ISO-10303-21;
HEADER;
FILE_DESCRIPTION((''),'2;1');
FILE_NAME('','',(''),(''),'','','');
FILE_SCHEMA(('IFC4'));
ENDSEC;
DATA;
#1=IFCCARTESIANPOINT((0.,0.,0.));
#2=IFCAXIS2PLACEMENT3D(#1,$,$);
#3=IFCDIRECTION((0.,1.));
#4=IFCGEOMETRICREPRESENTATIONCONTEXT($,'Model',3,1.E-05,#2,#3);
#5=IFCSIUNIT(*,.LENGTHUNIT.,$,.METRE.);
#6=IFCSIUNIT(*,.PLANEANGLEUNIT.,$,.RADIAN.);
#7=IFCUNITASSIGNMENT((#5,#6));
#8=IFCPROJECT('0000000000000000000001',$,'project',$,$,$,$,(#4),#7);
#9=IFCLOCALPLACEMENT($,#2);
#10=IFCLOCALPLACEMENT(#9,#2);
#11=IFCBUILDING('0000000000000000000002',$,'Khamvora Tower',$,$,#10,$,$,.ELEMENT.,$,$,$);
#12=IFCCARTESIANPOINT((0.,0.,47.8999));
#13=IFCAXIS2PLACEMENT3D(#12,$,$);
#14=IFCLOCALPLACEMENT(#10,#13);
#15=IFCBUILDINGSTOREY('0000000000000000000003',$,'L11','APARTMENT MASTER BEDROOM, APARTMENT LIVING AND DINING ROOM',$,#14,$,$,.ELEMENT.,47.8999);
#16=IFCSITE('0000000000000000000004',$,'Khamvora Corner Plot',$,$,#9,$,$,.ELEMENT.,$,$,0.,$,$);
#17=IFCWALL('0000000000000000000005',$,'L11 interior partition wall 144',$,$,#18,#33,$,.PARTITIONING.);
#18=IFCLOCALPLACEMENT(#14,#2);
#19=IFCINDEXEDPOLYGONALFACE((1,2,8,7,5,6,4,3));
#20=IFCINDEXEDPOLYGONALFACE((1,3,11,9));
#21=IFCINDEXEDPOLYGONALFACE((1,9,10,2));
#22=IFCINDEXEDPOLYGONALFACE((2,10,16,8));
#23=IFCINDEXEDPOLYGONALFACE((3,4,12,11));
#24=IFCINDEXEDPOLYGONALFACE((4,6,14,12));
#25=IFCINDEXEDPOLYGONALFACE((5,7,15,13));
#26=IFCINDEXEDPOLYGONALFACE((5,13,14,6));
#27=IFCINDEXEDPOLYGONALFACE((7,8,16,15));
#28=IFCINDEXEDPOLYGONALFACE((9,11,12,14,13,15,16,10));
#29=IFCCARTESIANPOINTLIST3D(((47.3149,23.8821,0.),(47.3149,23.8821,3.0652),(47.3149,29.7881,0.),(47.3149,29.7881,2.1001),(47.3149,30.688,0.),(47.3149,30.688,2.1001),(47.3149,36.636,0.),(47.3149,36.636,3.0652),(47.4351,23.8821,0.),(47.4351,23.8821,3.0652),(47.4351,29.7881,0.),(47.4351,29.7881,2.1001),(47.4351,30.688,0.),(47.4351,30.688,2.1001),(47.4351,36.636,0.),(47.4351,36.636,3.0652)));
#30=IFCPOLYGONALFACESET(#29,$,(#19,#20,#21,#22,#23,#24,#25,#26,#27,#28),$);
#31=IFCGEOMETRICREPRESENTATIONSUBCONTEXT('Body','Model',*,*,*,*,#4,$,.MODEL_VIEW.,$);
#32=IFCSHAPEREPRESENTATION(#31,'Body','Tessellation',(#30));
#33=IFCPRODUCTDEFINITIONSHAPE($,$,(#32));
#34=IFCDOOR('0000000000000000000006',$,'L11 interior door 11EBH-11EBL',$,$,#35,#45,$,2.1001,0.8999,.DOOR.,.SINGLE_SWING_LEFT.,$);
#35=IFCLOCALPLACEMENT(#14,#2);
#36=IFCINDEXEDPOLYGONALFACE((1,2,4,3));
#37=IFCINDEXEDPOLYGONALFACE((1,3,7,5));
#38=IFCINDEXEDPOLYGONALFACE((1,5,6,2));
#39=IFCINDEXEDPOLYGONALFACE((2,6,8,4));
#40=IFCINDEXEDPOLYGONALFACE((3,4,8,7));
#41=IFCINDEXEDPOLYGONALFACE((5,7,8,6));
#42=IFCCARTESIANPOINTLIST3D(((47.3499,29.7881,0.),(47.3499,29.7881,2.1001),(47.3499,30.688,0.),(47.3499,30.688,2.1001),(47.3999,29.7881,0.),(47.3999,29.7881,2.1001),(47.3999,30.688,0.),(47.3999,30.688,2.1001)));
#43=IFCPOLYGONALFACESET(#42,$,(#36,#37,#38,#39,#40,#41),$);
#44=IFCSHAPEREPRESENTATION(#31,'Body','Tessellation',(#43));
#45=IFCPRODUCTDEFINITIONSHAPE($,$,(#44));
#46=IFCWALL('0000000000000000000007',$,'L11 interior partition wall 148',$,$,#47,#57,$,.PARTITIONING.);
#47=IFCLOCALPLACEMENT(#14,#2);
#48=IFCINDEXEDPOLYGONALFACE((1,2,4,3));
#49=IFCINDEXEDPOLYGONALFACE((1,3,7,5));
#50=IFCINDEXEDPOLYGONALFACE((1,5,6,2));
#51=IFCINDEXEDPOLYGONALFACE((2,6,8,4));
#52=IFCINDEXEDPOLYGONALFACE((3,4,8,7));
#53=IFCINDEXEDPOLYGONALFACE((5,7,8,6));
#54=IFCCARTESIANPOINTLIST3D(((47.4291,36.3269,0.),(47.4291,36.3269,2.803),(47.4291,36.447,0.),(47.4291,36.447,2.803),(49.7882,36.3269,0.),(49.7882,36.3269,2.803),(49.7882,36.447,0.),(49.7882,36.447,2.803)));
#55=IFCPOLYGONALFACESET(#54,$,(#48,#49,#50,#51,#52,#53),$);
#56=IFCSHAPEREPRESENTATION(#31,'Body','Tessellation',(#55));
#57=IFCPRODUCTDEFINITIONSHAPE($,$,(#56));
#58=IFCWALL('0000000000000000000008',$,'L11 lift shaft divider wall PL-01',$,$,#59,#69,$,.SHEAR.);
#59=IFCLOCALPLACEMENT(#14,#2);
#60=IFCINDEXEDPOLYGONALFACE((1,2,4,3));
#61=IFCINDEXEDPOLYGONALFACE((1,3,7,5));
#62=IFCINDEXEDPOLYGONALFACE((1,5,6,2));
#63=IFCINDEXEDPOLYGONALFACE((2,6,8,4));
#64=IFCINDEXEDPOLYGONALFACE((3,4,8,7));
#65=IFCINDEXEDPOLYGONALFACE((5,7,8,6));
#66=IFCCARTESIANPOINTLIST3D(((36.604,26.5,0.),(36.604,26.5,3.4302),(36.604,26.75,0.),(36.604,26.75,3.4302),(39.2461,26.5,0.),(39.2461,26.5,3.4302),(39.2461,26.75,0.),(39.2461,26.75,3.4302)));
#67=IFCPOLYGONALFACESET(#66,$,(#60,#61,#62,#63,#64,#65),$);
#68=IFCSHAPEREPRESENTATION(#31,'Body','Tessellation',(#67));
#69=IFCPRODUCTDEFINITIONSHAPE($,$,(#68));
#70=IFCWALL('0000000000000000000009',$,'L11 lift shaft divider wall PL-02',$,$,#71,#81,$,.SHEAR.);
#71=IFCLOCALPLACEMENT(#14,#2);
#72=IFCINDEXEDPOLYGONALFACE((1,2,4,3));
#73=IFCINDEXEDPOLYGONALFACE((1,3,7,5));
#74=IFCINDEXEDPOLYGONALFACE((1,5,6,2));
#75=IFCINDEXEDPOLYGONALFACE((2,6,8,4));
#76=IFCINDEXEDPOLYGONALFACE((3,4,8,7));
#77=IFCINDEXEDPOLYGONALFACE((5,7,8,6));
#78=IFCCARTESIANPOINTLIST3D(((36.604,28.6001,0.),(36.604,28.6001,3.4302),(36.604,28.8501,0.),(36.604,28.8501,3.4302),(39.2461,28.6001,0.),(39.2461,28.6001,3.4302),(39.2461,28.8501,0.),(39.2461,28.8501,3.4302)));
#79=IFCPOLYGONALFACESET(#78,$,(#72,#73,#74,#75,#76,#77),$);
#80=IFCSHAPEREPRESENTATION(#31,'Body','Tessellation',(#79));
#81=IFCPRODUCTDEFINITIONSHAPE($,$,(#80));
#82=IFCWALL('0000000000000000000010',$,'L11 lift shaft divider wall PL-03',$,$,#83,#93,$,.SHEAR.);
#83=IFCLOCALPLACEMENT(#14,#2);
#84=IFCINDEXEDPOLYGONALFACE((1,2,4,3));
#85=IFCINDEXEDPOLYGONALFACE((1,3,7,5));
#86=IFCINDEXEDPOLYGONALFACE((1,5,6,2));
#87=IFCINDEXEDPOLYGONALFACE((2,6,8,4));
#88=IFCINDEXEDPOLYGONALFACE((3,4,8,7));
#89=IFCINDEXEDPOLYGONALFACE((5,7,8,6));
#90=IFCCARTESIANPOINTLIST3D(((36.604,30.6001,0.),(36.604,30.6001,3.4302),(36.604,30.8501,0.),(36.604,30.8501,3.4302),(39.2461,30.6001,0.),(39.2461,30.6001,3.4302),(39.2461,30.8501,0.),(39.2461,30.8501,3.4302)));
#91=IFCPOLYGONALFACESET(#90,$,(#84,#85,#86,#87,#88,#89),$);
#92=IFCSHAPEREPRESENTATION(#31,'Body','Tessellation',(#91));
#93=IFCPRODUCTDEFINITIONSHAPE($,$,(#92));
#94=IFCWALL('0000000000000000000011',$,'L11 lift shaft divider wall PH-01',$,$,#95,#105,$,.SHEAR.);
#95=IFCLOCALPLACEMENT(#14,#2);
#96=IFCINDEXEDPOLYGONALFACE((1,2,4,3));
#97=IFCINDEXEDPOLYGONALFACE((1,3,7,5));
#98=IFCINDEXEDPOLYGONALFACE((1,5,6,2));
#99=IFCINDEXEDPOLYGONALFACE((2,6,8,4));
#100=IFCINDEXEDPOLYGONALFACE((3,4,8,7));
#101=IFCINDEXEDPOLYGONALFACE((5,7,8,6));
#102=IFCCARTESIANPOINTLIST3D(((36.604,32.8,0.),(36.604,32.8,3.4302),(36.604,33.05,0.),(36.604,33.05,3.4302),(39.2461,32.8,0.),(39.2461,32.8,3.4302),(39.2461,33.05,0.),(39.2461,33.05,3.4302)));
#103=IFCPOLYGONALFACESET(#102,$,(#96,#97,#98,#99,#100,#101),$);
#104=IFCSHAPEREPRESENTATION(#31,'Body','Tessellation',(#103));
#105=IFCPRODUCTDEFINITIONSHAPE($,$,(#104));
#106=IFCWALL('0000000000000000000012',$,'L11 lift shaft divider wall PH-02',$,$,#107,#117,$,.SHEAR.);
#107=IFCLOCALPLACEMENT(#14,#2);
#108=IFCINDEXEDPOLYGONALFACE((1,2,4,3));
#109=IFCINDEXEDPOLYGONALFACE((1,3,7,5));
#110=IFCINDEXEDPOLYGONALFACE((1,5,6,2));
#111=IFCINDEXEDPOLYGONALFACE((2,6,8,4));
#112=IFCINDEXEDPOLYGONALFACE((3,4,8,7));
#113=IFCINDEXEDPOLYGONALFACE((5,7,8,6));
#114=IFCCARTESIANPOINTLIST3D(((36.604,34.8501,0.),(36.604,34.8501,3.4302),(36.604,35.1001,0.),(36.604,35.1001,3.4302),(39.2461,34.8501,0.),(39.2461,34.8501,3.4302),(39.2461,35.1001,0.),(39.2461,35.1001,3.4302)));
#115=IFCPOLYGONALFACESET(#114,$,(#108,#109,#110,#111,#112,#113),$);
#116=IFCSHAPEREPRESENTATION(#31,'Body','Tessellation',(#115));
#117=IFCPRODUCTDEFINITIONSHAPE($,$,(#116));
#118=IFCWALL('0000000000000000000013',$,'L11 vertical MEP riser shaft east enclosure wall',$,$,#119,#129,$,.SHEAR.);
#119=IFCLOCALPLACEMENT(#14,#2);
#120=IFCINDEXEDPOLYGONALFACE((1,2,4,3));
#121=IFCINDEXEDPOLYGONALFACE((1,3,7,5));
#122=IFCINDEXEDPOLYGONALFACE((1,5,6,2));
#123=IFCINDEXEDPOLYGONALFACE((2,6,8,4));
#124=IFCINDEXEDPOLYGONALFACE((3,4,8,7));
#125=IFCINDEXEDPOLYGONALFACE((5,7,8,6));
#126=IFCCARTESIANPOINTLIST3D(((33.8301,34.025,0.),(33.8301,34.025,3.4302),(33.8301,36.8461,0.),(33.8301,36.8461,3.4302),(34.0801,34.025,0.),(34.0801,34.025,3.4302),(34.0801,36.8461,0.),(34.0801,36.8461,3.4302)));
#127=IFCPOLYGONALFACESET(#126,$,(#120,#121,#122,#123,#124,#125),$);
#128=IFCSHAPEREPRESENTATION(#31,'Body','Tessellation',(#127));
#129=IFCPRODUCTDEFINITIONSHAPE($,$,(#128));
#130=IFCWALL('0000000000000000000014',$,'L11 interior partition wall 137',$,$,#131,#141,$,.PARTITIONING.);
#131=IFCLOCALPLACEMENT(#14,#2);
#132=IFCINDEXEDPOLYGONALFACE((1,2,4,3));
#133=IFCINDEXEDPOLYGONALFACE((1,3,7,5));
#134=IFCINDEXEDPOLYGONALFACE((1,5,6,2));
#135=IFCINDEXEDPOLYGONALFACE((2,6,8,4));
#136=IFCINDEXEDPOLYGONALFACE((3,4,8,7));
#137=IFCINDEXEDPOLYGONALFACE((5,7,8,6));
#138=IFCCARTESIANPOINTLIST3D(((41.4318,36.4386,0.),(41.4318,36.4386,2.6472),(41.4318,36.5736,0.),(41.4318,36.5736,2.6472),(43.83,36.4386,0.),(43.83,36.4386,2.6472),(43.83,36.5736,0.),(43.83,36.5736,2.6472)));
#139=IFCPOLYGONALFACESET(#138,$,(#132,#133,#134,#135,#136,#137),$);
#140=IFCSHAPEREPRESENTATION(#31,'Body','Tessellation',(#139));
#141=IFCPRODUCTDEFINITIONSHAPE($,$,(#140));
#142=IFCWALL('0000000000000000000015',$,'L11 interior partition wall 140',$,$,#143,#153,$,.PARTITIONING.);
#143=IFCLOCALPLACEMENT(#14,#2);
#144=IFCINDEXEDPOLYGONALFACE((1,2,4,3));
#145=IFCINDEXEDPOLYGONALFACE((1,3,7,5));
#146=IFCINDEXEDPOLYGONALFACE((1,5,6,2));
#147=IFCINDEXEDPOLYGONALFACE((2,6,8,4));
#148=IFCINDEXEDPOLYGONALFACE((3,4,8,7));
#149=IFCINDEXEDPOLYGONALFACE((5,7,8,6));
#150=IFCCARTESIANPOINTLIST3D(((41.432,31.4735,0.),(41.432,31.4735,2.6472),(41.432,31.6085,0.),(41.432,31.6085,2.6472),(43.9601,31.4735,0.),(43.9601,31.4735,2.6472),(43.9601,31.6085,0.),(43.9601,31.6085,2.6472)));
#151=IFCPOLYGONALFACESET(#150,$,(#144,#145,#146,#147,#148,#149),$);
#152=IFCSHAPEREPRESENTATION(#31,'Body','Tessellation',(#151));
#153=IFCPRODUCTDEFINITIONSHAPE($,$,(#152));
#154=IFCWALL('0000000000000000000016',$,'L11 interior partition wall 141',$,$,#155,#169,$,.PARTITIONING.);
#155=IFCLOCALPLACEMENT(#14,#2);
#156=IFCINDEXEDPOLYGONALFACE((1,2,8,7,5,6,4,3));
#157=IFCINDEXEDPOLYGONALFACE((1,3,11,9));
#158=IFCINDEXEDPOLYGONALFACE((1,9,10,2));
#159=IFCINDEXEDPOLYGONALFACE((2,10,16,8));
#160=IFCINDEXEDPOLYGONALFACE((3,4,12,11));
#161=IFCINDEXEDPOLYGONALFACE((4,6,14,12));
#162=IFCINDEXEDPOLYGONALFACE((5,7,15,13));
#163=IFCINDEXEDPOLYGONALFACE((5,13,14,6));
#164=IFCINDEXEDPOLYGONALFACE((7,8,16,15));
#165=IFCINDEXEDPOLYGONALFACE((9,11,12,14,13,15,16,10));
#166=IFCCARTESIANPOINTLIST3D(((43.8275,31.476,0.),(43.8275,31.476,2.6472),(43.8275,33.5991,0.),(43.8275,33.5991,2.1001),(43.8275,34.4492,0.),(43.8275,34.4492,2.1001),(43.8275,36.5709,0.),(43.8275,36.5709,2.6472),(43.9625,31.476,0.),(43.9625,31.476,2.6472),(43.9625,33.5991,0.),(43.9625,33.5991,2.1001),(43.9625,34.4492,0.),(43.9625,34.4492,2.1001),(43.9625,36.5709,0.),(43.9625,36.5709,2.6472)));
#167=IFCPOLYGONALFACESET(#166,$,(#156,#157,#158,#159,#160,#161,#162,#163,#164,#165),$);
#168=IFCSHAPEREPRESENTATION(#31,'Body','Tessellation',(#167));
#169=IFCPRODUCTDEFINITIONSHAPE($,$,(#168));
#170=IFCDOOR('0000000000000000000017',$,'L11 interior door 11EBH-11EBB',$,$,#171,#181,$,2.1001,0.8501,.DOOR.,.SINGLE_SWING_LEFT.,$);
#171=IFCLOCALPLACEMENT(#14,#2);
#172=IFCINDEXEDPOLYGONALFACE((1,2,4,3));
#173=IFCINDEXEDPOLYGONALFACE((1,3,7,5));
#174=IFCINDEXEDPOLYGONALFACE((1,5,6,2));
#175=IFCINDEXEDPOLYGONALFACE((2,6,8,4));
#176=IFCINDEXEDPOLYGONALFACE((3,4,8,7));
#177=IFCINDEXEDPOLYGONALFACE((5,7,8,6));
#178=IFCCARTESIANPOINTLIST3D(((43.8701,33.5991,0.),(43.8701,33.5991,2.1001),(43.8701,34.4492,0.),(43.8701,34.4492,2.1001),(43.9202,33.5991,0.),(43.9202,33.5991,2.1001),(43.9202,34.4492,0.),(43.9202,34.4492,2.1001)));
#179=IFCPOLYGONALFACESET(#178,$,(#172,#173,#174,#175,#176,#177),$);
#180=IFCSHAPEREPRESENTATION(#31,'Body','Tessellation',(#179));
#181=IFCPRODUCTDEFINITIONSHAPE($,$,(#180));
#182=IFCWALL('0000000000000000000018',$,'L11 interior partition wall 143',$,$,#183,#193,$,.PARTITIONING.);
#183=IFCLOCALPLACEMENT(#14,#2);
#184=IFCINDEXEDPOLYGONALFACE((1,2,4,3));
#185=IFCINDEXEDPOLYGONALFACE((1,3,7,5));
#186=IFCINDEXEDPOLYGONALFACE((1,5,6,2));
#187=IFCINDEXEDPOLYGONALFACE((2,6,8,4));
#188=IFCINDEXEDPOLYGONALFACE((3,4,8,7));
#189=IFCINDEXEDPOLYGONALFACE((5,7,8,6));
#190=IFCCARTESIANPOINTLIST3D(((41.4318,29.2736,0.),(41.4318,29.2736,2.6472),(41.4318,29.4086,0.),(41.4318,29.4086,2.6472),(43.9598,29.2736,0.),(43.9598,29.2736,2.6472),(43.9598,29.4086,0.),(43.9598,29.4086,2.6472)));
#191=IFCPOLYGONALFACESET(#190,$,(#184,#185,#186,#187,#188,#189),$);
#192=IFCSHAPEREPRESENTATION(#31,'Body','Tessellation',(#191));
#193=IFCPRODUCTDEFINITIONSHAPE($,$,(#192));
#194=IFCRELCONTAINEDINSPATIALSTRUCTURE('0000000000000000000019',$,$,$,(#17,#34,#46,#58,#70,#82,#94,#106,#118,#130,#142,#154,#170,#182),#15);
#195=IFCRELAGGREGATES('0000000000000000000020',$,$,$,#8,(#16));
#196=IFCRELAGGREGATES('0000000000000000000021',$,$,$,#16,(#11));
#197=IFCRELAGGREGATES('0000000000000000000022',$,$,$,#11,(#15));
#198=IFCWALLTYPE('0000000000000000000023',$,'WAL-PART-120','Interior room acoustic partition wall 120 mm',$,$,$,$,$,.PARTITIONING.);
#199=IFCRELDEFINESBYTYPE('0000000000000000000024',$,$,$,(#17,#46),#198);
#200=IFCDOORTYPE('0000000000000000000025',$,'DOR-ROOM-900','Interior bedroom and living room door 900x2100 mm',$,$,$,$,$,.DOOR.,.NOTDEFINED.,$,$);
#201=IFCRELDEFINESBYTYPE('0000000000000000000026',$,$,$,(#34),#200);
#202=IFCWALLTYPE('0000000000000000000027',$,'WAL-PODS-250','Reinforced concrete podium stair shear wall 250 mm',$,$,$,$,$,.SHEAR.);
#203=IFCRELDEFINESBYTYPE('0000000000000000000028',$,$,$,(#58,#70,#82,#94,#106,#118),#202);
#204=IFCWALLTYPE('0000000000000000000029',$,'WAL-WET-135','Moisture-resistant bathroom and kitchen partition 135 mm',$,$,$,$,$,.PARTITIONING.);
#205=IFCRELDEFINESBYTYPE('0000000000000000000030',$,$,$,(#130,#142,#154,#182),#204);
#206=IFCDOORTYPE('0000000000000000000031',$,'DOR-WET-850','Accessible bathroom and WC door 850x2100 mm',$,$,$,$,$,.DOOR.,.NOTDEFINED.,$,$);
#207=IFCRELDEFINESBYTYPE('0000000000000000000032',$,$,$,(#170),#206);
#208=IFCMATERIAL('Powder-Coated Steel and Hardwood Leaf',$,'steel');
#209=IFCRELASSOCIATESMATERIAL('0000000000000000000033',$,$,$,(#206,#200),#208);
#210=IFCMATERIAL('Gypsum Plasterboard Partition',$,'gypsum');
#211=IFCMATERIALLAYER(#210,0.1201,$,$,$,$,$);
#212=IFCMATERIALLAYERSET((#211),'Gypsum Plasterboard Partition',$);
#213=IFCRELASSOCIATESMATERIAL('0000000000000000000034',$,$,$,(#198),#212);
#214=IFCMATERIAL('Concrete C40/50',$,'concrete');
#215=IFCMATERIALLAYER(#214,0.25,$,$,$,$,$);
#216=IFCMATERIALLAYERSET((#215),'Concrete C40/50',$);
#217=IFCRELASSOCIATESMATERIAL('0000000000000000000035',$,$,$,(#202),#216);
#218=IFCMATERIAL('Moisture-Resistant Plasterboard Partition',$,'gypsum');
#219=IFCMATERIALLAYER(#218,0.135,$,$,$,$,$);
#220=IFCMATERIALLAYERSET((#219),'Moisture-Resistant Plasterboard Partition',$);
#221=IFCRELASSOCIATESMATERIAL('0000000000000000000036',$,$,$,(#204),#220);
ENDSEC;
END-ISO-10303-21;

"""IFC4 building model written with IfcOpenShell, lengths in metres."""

from ifc_helpers import new_model, si_unit, direction, frame, frame_2d, origin, place, context, subcontext, project, spatial, rectangle, extrude, material, layer, layer_set, type_object, element, fill, save


model = new_model("IFC4")

# Units and contexts
model_context = context("Model", 3, precision=1e-05, world=origin(), true_north=direction((0.0, 1.0)))
body_context = subcontext(model_context, "Body", "Model", "MODEL_VIEW")
ifc_project = project(units=[si_unit("LENGTHUNIT", "METRE"), si_unit("PLANEANGLEUNIT", "RADIAN")], contexts=[model_context])

# Site, building, storey
site_placement = place(None, origin())
site = spatial("IfcSite", under=ifc_project, at=site_placement, Name="Khamvora Corner Plot", CompositionType="ELEMENT", RefElevation=0.0)
building_placement = place(site_placement, origin())
building = spatial("IfcBuilding", under=site, at=building_placement, Name="Khamvora Tower", CompositionType="ELEMENT")
storey_placement = place(building_placement, frame((0.0, 0.0, 47.8999)))
storey = spatial("IfcBuildingStorey", under=building, at=storey_placement, Name="L11", Description="APARTMENT MASTER BEDROOM, APARTMENT LIVING AND DINING ROOM", CompositionType="ELEMENT", Elevation=47.8999)

# Shared definitions
ifc_material_1 = material(Name="Powder-Coated Steel and Hardwood Leaf", Category="steel")
door_type_1 = type_object("IfcDoorType", Name="DOR-WET-850", Description="Accessible bathroom and WC door 850x2100 mm", OperationType="NOTDEFINED", PredefinedType="DOOR", material=ifc_material_1)

# Wall, opening, door
ifc_material_2 = material(Name="Gypsum Plasterboard Partition", Category="gypsum")
ifc_layer_1 = layer(ifc_material_2, 0.1201)
ifc_layer_set_1 = layer_set([ifc_layer_1], Name="Gypsum Plasterboard Partition")
wall_type_1 = type_object("IfcWallType", Name="WAL-PART-120", Description="Interior room acoustic partition wall 120 mm", PredefinedType="PARTITIONING", material=ifc_layer_set_1)
wall_1_placement = place(storey_placement, frame((47.375, 36.636, 0.0), z_axis=(0.0, 0.0, 1.0), x_axis=(0.0, -1.0, 0.0)))
wall_1 = element("IfcWall", 1, at=wall_1_placement, inside=storey, type_object=wall_type_1, Name="L11 interior partition wall 144", PredefinedType="PARTITIONING", context=body_context, shape_type="SweptSolid", body=[
    extrude(rectangle(XDim=12.7539, YDim=0.1201, at=frame_2d((6.377, 0.0))), origin(), (0.0, 0.0, 1.0), 3.0652),
])
opening_1_placement = place(wall_1_placement, frame((5.948, 0.0, 0.0)))
opening_1 = element("IfcOpeningElement", 2, at=opening_1_placement, cuts=wall_1, PredefinedType="OPENING", context=body_context, shape_type="SweptSolid", body=[
    extrude(rectangle(XDim=0.8999, YDim=2.1001, at=frame_2d((0.45, 1.05))), frame((0.0, 0.0701, 0.0), z_axis=(0.0, -1.0, 0.0), x_axis=(1.0, 0.0, 0.0)), (0.0, 0.0, 1.0), 0.1401),
])
door_type_2 = type_object("IfcDoorType", Name="DOR-ROOM-900", Description="Interior bedroom and living room door 900x2100 mm", OperationType="NOTDEFINED", PredefinedType="DOOR", material=ifc_material_1)
door_1_placement = place(opening_1_placement, origin())
door_1 = element("IfcDoor", 3, at=door_1_placement, inside=storey, type_object=door_type_2, Name="L11 interior door 11EBH-11EBL", OperationType="SINGLE_SWING_LEFT", OverallHeight=2.1001, OverallWidth=0.8999, PredefinedType="DOOR", context=body_context, shape_type="SweptSolid", body=[
    extrude(rectangle(XDim=0.8999, YDim=2.1001, at=frame_2d((0.45, 1.05))), frame((0.0, 0.0249, 0.0), z_axis=(0.0, -1.0, 0.0), x_axis=(1.0, 0.0, 0.0)), (0.0, 0.0, 1.0), 0.05),
])
fill(opening_1, door_1)

# Walls
wall_2_placement = place(storey_placement, frame((47.429, 36.387, 0.0), z_axis=(0.0, 0.0, 1.0), x_axis=(1.0, 0.0, 0.0)))
element("IfcWall", 4, at=wall_2_placement, inside=storey, type_object=wall_type_1, Name="L11 interior partition wall 148", PredefinedType="PARTITIONING", context=body_context, shape_type="SweptSolid", body=[
    extrude(rectangle(XDim=2.3591, YDim=0.1201, at=frame_2d((1.1797, 0.0))), origin(), (0.0, 0.0, 1.0), 2.803),
])
ifc_material_3 = material(Name="Concrete C40/50", Category="concrete")
ifc_layer_2 = layer(ifc_material_3, 0.25)
ifc_layer_set_2 = layer_set([ifc_layer_2], Name="Concrete C40/50")
wall_type_2 = type_object("IfcWallType", Name="WAL-PODS-250", Description="Reinforced concrete podium stair shear wall 250 mm", PredefinedType="SHEAR", material=ifc_layer_set_2)
for number, where, z_axis, x_axis, name in (
    (5, (36.604, 26.625, 0.0), (0.0, 0.0, 1.0), (1.0, 0.0, 0.0), "L11 lift shaft divider wall PL-01"),
    (6, (36.604, 28.7251, 0.0), (0.0, 0.0, 1.0), (1.0, 0.0, 0.0), "L11 lift shaft divider wall PL-02"),
    (7, (36.604, 30.7251, 0.0), (0.0, 0.0, 1.0), (1.0, 0.0, 0.0), "L11 lift shaft divider wall PL-03"),
    (8, (36.604, 32.925, 0.0), (0.0, 0.0, 1.0), (1.0, 0.0, 0.0), "L11 lift shaft divider wall PH-01"),
    (9, (36.604, 34.9751, 0.0), (0.0, 0.0, 1.0), (1.0, 0.0, 0.0), "L11 lift shaft divider wall PH-02"),
):
    element("IfcWall", number, at=place(storey_placement, frame(where, z_axis=z_axis, x_axis=x_axis)), inside=storey, type_object=wall_type_2, Name=name, PredefinedType="SHEAR", context=body_context, shape_type="SweptSolid", body=[
        extrude(rectangle(XDim=2.6421, YDim=0.25, at=frame_2d((1.321, 0.0))), origin(), (0.0, 0.0, 1.0), 3.4302),
    ])
wall_3_placement = place(storey_placement, frame((33.9551, 34.0249, 0.0), z_axis=(0.0, 0.0, 1.0), x_axis=(0.0, 1.0, 0.0)))
element("IfcWall", 10, at=wall_3_placement, inside=storey, type_object=wall_type_2, Name="L11 vertical MEP riser shaft east enclosure wall", PredefinedType="SHEAR", context=body_context, shape_type="SweptSolid", body=[
    extrude(rectangle(XDim=2.821, YDim=0.25, at=frame_2d((1.4106, 0.0))), origin(), (0.0, 0.0, 1.0), 3.4302),
])
ifc_material_4 = material(Name="Moisture-Resistant Plasterboard Partition", Category="gypsum")
ifc_layer_3 = layer(ifc_material_4, 0.135)
ifc_layer_set_3 = layer_set([ifc_layer_3], Name="Moisture-Resistant Plasterboard Partition")
wall_type_3 = type_object("IfcWallType", Name="WAL-WET-135", Description="Moisture-resistant bathroom and kitchen partition 135 mm", PredefinedType="PARTITIONING", material=ifc_layer_set_3)
wall_4_placement = place(storey_placement, frame((43.8301, 36.5061, 0.0), z_axis=(0.0, 0.0, 1.0), x_axis=(-1.0, 0.0, 0.0)))
element("IfcWall", 11, at=wall_4_placement, inside=storey, type_object=wall_type_3, Name="L11 interior partition wall 137", PredefinedType="PARTITIONING", context=body_context, shape_type="SweptSolid", body=[
    extrude(rectangle(XDim=2.3982, YDim=0.135, at=frame_2d((1.1992, 0.0))), origin(), (0.0, 0.0, 1.0), 2.6472),
])
wall_5_placement = place(storey_placement, frame((41.4319, 31.541, 0.0), z_axis=(0.0, 0.0, 1.0), x_axis=(1.0, 0.0, 0.0)))
element("IfcWall", 12, at=wall_5_placement, inside=storey, type_object=wall_type_3, Name="L11 interior partition wall 140", PredefinedType="PARTITIONING", context=body_context, shape_type="SweptSolid", body=[
    extrude(rectangle(XDim=2.5281, YDim=0.135, at=frame_2d((1.2642, 0.0))), origin(), (0.0, 0.0, 1.0), 2.6472),
])

# Wall, opening, door
wall_6_placement = place(storey_placement, frame((43.895, 31.4761, 0.0), z_axis=(0.0, 0.0, 1.0), x_axis=(0.0, 1.0, 0.0)))
wall_6 = element("IfcWall", 13, at=wall_6_placement, inside=storey, type_object=wall_type_3, Name="L11 interior partition wall 141", PredefinedType="PARTITIONING", context=body_context, shape_type="SweptSolid", body=[
    extrude(rectangle(XDim=5.095, YDim=0.135, at=frame_2d((2.5474, 0.0))), origin(), (0.0, 0.0, 1.0), 2.6472),
])
opening_2_placement = place(wall_6_placement, frame((2.123, 0.0, 0.0)))
opening_2 = element("IfcOpeningElement", 14, at=opening_2_placement, cuts=wall_6, PredefinedType="OPENING", context=body_context, shape_type="SweptSolid", body=[
    extrude(rectangle(XDim=0.8501, YDim=2.1001, at=frame_2d((0.425, 1.05))), frame((0.0, 0.0774, 0.0), z_axis=(0.0, -1.0, 0.0), x_axis=(1.0, 0.0, 0.0)), (0.0, 0.0, 1.0), 0.155),
])
door_2_placement = place(opening_2_placement, origin())
door_2 = element("IfcDoor", 15, at=door_2_placement, inside=storey, type_object=door_type_1, Name="L11 interior door 11EBH-11EBB", OperationType="SINGLE_SWING_LEFT", OverallHeight=2.1001, OverallWidth=0.8501, PredefinedType="DOOR", context=body_context, shape_type="SweptSolid", body=[
    extrude(rectangle(XDim=0.8501, YDim=2.1001, at=frame_2d((0.425, 1.05))), frame((0.0, 0.0249, 0.0), z_axis=(0.0, -1.0, 0.0), x_axis=(1.0, 0.0, 0.0)), (0.0, 0.0, 1.0), 0.05),
])
fill(opening_2, door_2)

# Wall
wall_7_placement = place(storey_placement, frame((43.96, 29.3411, 0.0), z_axis=(0.0, 0.0, 1.0), x_axis=(-1.0, 0.0, 0.0)))
element("IfcWall", 16, at=wall_7_placement, inside=storey, type_object=wall_type_3, Name="L11 interior partition wall 143", PredefinedType="PARTITIONING", context=body_context, shape_type="SweptSolid", body=[
    extrude(rectangle(XDim=2.5281, YDim=0.135, at=frame_2d((1.2642, 0.0))), origin(), (0.0, 0.0, 1.0), 2.6472),
])

save(model, "model.ifc")
